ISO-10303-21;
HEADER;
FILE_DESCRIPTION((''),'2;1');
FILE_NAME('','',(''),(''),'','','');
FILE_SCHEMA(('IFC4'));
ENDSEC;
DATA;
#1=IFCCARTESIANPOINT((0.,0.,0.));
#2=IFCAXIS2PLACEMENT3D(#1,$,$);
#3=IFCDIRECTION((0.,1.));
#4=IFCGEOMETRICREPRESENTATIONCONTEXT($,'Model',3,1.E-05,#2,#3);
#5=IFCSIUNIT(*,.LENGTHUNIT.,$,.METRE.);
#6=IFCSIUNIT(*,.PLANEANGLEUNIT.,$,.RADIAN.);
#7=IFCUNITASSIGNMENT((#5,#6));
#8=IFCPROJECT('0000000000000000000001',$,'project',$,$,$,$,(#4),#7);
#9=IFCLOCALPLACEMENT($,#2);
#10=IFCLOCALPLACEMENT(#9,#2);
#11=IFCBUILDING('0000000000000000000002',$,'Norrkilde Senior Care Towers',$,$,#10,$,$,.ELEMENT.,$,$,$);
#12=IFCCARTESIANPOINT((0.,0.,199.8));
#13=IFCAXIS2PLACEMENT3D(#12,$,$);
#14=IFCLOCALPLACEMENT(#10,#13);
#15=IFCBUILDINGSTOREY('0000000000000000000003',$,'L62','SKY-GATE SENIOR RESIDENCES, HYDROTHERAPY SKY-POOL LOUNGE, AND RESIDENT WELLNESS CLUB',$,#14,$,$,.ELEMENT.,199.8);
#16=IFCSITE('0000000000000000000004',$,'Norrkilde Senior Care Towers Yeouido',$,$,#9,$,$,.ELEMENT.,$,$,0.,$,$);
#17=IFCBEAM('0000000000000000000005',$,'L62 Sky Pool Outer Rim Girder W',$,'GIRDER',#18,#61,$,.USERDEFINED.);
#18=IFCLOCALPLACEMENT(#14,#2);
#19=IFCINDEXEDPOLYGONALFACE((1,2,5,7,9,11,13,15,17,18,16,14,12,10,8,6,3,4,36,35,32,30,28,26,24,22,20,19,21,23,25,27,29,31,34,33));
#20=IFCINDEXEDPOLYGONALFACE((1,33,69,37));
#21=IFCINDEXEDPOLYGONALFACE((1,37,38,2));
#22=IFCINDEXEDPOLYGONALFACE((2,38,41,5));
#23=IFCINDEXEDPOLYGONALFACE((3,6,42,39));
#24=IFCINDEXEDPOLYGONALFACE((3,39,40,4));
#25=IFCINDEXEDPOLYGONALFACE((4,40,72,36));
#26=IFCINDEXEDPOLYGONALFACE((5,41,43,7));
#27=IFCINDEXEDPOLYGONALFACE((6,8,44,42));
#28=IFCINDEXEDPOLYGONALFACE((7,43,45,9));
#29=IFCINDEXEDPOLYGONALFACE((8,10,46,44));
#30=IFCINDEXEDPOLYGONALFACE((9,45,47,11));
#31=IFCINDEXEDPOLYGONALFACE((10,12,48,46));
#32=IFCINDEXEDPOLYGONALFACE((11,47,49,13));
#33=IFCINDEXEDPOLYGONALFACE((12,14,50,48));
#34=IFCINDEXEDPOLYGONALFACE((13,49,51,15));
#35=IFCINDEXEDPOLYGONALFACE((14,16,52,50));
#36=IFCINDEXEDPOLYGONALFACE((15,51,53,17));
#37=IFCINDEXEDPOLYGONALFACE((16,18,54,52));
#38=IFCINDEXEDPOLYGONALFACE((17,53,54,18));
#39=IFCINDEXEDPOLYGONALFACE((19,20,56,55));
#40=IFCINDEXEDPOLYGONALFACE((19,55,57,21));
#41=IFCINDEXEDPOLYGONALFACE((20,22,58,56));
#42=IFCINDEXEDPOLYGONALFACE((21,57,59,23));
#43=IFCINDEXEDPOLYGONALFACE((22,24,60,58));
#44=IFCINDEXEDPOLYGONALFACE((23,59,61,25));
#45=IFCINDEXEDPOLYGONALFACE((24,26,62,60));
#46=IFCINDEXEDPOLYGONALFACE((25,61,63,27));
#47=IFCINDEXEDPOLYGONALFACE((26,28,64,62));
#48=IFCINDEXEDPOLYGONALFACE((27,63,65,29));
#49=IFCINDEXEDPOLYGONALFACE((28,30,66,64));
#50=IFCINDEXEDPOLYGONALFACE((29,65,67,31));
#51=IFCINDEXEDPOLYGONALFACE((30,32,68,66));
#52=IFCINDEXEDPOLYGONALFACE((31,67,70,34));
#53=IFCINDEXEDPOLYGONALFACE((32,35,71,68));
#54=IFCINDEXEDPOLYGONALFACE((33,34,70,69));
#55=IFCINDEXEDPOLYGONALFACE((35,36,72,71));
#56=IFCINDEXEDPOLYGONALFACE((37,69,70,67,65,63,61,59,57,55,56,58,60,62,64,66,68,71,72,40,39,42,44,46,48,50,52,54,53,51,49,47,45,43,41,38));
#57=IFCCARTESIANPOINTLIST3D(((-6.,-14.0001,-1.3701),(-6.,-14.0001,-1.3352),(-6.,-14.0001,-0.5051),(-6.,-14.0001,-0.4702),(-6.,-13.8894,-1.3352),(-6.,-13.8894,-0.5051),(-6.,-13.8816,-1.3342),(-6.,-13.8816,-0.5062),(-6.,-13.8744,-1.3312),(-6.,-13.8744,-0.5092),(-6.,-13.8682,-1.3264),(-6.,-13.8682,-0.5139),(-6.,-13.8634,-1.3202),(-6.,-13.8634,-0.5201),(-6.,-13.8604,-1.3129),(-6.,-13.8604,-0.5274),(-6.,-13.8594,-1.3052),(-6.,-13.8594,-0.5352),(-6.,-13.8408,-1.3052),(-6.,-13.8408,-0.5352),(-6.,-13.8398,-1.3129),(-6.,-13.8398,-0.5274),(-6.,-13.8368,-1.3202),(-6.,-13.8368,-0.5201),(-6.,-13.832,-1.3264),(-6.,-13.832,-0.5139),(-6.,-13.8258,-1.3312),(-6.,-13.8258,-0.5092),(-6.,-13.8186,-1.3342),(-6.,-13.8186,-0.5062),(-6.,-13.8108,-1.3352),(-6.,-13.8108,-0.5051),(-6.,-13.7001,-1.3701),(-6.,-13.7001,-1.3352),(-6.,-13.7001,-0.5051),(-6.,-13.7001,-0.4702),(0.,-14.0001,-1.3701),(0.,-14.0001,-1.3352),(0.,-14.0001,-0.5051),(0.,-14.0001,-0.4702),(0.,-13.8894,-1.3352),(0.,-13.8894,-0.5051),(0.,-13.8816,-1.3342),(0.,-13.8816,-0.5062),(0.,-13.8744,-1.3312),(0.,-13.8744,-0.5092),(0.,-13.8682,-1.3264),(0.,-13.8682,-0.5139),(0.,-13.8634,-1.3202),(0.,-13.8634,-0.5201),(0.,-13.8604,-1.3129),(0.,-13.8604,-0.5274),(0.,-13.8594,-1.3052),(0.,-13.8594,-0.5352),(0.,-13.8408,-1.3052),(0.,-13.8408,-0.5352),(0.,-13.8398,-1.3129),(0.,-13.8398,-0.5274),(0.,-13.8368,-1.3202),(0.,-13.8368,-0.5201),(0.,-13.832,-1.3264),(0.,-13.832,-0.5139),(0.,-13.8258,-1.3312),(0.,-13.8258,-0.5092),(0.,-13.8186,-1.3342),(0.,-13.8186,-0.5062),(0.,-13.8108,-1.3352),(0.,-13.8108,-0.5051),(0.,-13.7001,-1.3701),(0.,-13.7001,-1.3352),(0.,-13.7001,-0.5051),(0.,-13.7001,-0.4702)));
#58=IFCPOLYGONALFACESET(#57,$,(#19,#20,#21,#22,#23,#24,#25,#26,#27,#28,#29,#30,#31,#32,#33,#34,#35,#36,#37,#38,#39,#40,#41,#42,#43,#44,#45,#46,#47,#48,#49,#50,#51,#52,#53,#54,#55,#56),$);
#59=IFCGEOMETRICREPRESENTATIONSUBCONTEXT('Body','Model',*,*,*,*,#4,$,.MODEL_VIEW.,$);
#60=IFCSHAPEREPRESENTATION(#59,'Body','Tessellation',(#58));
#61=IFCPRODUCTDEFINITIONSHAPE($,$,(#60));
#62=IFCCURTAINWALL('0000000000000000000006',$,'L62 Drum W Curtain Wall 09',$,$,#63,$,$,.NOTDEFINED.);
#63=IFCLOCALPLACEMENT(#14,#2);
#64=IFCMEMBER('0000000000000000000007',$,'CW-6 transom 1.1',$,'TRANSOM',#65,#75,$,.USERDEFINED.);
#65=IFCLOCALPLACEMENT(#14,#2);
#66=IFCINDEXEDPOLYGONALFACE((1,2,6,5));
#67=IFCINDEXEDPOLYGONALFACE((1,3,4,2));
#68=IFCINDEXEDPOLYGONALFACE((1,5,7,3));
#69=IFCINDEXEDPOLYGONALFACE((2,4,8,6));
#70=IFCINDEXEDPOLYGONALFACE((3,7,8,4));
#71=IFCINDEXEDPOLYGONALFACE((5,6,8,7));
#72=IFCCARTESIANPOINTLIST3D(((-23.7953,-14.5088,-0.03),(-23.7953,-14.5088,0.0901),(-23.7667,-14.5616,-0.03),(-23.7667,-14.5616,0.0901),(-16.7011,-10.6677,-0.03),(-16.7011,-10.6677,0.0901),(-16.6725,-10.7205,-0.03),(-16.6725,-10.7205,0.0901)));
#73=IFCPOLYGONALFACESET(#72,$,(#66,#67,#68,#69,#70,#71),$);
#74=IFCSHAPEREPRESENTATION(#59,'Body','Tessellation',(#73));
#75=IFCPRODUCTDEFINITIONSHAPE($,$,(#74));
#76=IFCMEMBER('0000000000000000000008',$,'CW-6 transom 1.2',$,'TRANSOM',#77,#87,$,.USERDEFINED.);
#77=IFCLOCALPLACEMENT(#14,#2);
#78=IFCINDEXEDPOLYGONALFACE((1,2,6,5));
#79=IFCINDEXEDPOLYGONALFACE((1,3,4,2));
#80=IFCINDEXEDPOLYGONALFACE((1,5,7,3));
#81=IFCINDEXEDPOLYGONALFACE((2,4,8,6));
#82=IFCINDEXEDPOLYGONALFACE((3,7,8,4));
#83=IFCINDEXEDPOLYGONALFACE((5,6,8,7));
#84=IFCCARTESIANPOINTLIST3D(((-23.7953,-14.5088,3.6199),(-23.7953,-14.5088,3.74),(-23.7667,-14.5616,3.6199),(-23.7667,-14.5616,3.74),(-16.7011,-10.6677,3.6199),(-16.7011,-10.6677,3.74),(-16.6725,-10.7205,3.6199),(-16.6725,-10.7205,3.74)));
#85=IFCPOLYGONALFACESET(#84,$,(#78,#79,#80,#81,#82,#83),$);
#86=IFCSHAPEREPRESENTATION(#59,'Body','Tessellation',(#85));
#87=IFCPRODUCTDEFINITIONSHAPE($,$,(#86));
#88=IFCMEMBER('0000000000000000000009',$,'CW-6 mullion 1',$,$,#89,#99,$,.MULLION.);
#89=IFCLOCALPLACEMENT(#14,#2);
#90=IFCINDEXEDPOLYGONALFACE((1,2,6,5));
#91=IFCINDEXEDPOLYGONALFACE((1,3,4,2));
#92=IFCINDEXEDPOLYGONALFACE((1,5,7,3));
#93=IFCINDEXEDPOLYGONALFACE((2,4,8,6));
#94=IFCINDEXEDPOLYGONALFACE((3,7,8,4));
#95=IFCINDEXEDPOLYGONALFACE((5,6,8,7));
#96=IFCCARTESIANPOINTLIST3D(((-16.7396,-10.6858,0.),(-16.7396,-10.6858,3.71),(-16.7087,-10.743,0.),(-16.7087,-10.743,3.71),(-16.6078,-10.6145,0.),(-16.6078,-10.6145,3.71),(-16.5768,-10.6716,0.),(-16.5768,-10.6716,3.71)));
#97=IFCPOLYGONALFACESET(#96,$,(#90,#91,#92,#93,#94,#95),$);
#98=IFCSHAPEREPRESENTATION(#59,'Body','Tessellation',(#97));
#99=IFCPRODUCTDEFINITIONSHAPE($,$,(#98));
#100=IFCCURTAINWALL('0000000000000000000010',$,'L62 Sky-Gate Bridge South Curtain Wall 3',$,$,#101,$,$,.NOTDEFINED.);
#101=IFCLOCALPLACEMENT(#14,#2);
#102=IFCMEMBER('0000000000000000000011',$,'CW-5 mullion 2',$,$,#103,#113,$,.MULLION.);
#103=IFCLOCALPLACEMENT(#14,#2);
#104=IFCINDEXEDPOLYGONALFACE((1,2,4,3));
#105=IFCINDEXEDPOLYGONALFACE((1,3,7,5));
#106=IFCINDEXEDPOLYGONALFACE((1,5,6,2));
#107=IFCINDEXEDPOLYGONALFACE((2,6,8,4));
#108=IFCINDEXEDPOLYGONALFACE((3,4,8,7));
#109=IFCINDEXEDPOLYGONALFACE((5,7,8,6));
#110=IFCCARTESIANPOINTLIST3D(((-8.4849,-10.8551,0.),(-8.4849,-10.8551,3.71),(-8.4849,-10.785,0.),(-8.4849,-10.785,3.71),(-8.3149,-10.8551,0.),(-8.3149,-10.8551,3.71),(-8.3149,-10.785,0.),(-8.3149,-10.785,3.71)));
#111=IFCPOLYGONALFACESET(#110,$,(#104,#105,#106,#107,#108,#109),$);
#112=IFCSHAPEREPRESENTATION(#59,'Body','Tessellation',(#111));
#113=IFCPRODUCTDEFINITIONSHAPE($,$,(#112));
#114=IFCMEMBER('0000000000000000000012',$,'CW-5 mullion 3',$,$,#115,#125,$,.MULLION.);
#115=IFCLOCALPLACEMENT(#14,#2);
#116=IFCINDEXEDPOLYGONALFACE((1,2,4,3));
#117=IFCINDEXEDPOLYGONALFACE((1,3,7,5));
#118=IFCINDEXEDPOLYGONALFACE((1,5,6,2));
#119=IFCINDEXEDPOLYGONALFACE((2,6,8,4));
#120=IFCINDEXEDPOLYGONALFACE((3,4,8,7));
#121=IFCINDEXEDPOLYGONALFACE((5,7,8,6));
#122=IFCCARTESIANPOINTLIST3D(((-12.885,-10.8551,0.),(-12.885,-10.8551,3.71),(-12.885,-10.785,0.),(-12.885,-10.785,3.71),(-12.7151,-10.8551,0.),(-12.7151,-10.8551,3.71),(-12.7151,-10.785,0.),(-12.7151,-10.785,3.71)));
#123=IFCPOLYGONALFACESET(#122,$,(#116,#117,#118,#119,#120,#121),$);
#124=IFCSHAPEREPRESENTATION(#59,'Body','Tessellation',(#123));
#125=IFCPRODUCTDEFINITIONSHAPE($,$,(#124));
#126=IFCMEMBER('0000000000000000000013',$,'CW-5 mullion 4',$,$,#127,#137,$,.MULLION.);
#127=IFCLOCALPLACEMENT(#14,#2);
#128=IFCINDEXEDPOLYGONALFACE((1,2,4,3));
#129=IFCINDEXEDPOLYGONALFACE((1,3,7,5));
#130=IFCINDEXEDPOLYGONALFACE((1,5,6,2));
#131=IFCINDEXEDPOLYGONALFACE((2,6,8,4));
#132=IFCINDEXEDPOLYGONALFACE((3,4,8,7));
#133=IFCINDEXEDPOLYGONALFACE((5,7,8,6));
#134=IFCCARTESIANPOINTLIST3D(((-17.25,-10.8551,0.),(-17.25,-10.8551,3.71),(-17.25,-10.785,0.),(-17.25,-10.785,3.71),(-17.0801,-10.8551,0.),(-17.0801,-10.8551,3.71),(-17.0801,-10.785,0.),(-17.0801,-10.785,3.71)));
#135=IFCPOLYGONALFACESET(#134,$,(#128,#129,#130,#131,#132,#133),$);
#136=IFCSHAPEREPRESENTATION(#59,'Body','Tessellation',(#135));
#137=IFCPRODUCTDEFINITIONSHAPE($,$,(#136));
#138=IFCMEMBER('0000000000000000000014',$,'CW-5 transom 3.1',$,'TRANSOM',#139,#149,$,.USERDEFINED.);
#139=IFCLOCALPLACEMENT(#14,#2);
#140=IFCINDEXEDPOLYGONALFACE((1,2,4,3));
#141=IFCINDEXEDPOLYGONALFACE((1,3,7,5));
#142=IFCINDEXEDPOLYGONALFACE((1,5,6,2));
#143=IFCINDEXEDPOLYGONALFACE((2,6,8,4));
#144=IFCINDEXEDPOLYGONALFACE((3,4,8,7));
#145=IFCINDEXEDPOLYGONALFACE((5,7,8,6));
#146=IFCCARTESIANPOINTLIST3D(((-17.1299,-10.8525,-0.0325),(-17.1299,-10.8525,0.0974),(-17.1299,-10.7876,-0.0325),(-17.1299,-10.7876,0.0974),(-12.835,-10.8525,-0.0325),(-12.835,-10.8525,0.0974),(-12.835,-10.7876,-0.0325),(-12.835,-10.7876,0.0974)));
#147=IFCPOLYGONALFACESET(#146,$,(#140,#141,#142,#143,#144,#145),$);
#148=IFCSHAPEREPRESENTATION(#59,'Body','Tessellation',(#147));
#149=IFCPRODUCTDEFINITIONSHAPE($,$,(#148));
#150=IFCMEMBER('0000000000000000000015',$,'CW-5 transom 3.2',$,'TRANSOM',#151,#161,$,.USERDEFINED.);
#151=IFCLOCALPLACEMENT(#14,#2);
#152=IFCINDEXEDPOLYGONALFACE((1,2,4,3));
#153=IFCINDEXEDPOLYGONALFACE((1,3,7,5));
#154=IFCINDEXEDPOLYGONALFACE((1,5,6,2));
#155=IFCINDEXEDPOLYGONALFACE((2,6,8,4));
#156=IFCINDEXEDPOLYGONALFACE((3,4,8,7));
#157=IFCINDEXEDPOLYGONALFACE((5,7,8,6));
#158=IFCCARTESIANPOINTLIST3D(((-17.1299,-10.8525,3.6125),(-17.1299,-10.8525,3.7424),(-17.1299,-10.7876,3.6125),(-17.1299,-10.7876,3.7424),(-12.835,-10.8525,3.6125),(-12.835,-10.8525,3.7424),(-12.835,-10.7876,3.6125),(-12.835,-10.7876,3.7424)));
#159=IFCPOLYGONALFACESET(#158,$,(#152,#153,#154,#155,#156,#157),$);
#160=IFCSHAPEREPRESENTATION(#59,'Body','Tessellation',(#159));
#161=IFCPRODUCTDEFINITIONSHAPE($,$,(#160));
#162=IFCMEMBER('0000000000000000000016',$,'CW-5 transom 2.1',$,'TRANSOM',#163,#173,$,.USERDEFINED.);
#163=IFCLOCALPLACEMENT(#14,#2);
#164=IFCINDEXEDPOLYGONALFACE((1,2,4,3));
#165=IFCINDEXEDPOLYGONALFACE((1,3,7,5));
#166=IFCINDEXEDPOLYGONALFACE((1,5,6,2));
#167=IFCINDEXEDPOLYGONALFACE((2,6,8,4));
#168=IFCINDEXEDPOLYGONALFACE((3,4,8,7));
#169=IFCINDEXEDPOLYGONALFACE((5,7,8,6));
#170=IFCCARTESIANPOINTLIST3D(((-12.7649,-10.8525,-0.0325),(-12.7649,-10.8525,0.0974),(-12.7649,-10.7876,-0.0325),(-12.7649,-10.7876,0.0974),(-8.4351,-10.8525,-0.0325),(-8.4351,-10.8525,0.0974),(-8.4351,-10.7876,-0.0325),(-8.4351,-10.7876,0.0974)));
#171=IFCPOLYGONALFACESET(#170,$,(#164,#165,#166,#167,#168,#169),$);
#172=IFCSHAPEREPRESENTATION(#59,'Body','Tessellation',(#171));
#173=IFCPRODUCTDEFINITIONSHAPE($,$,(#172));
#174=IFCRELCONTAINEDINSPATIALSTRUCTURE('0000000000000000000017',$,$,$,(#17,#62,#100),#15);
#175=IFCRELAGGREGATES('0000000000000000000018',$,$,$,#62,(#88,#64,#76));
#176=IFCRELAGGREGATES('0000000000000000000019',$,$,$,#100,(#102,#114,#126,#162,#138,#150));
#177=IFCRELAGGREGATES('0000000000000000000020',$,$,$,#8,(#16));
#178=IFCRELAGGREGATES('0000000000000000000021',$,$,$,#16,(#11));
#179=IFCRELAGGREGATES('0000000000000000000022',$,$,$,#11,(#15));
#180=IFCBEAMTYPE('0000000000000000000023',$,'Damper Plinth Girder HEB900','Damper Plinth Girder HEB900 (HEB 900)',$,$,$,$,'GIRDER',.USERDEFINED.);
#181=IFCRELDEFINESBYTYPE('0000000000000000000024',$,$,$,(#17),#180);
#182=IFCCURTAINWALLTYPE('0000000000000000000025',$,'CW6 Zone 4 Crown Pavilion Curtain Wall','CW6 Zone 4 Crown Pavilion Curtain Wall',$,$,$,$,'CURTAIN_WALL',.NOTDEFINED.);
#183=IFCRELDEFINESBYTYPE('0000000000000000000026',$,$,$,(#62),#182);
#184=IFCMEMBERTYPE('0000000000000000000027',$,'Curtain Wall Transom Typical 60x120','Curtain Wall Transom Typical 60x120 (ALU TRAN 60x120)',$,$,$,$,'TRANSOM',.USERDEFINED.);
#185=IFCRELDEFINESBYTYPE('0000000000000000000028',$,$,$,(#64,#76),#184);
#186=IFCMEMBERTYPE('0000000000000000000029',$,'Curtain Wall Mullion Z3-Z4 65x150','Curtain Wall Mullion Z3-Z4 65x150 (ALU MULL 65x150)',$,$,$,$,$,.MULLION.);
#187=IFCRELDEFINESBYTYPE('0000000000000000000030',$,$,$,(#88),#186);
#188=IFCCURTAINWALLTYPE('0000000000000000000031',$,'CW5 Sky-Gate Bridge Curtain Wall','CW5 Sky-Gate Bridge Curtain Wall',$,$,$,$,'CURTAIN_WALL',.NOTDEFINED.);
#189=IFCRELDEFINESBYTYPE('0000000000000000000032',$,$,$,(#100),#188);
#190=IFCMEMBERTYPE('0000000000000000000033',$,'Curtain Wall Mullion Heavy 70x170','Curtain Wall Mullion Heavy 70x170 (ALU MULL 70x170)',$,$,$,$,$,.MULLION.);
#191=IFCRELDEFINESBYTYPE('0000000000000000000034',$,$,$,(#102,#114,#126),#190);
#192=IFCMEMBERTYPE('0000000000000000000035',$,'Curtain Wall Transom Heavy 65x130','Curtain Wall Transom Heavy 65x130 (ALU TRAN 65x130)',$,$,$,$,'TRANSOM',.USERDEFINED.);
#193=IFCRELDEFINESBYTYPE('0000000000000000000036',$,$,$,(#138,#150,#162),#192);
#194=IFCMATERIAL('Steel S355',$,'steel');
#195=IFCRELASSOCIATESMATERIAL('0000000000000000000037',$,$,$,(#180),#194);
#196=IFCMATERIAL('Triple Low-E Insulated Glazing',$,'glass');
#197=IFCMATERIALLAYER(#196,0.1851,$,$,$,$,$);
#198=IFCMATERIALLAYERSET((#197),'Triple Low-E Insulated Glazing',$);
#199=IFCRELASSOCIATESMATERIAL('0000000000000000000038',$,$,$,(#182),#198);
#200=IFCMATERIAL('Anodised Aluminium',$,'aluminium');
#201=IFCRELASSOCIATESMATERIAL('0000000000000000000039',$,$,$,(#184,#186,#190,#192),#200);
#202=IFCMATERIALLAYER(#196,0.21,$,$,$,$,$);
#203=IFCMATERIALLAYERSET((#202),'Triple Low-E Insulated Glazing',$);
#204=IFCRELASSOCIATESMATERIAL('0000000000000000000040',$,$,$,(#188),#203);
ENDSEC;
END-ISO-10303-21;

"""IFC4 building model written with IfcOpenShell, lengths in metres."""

from ifc_helpers import new_model, si_unit, direction, frame, origin, origin_2d, place, context, subcontext, project, spatial, rectangle, i_section, extrude, source, transform, mapped, material, layer, layer_set, material_profile, profile_set, type_object, type_shapes, element, aggregate, save


model = new_model("IFC4")

# Units and contexts
model_context = context("Model", 3, precision=1e-05, world=origin(), true_north=direction((0.0, 1.0)))
body_context = subcontext(model_context, "Body", "Model", "MODEL_VIEW")
ifc_project = project(units=[si_unit("LENGTHUNIT", "METRE"), si_unit("PLANEANGLEUNIT", "RADIAN")], contexts=[model_context])

# Site, building, storey
site_placement = place(None, origin())
site = spatial("IfcSite", under=ifc_project, at=site_placement, Name="Norrkilde Senior Care Towers Yeouido", CompositionType="ELEMENT", RefElevation=0.0)
building_placement = place(site_placement, origin())
building = spatial("IfcBuilding", under=site, at=building_placement, Name="Norrkilde Senior Care Towers", CompositionType="ELEMENT")
storey_placement = place(building_placement, frame((0.0, 0.0, 199.8)))
storey = spatial("IfcBuildingStorey", under=building, at=storey_placement, Name="L62", Description="SKY-GATE SENIOR RESIDENCES, HYDROTHERAPY SKY-POOL LOUNGE, AND RESIDENT WELLNESS CLUB", CompositionType="ELEMENT", Elevation=199.8)

# Beam
ifc_material_1 = material(Name="Steel S355", Category="steel")
ifc_material_profile_1 = material_profile(ifc_material_1, i_section(OverallWidth=0.3, OverallDepth=0.8999, WebThickness=0.0186, FlangeThickness=0.0349, FilletRadius=0.03, at=origin_2d()), Name="HEB 900")
ifc_profile_set_1 = profile_set([ifc_material_profile_1], Name="Steel S355")
beam_type = type_object("IfcBeamType", Name="Damper Plinth Girder HEB900", Description="Damper Plinth Girder HEB900 (HEB 900)", ElementType="GIRDER", PredefinedType="USERDEFINED", material=ifc_profile_set_1)
shared_shape_1 = source(origin(), body_context, "Body", "SweptSolid", [
    extrude(i_section(OverallWidth=0.3, OverallDepth=0.8999, WebThickness=0.0186, FlangeThickness=0.0349, FilletRadius=0.03, at=origin_2d()), origin(), (0.0, 0.0, 1.0), 6.0),
])
type_shapes(beam_type, [shared_shape_1])
beam_placement = place(storey_placement, frame((-6.0, -13.8501, -0.9202), z_axis=(1.0, 0.0, 0.0), x_axis=(0.0, 1.0, 0.0)))
element("IfcBeam", 1, at=beam_placement, inside=storey, type_object=beam_type, Name="L62 Sky Pool Outer Rim Girder W", ObjectType="GIRDER", PredefinedType="USERDEFINED", context=body_context, shape_type="MappedRepresentation", body=[
    mapped(shared_shape_1, transform((0.0, 0.0, 0.0), x_axis=(1.0, 0.0, 0.0), y_axis=(0.0, 1.0, 0.0), z_axis=(0.0, 0.0, 1.0), scale=1.0)),
])

# Curtain walls, members
ifc_material_2 = material(Name="Triple Low-E Insulated Glazing", Category="glass")
ifc_layer_1 = layer(ifc_material_2, 0.1851)
ifc_layer_set_1 = layer_set([ifc_layer_1], Name="Triple Low-E Insulated Glazing")
curtain_wall_type_1 = type_object("IfcCurtainWallType", Name="CW6 Zone 4 Crown Pavilion Curtain Wall", Description="CW6 Zone 4 Crown Pavilion Curtain Wall", ElementType="CURTAIN_WALL", PredefinedType="NOTDEFINED", material=ifc_layer_set_1)
curtain_wall_1_placement = place(storey_placement, origin())
curtain_wall_1 = element("IfcCurtainWall", 2, at=curtain_wall_1_placement, inside=storey, type_object=curtain_wall_type_1, Name="L62 Drum W Curtain Wall 09", PredefinedType="NOTDEFINED")
ifc_material_3 = material(Name="Anodised Aluminium", Category="aluminium")
ifc_material_profile_2 = material_profile(ifc_material_3, rectangle(XDim=0.0601, YDim=0.1201, at=origin_2d()), Name="ALU TRAN 60x120")
ifc_profile_set_2 = profile_set([ifc_material_profile_2], Name="Anodised Aluminium")
member_type_1 = type_object("IfcMemberType", Name="Curtain Wall Transom Typical 60x120", Description="Curtain Wall Transom Typical 60x120 (ALU TRAN 60x120)", ElementType="TRANSOM", PredefinedType="USERDEFINED", material=ifc_profile_set_2)
shared_shape_2 = source(origin(), body_context, "Body", "SweptSolid", [
    extrude(rectangle(XDim=0.0601, YDim=0.1201, at=origin_2d()), origin(), (0.0, 0.0, 1.0), 8.0674),
])
type_shapes(member_type_1, [shared_shape_2])
member_1_placement = place(storey_placement, frame((-16.6868, -10.6941, 0.03), z_axis=(-0.879378, -0.476125, 0.0), x_axis=(0.476125, -0.879378, 0.0)))
member_1 = element("IfcMember", 3, at=member_1_placement, type_object=member_type_1, Name="CW-6 transom 1.1", ObjectType="TRANSOM", PredefinedType="USERDEFINED", context=body_context, shape_type="MappedRepresentation", body=[
    mapped(shared_shape_2, transform((0.0, 0.0, 0.0), x_axis=(1.0, 0.0, 0.0), y_axis=(0.0, 1.0, 0.0), z_axis=(0.0, 0.0, 1.0), scale=1.0)),
])
member_2_placement = place(storey_placement, frame((-16.6868, -10.6941, 3.6799), z_axis=(-0.879378, -0.476125, 0.0), x_axis=(0.476125, -0.879378, 0.0)))
member_2 = element("IfcMember", 4, at=member_2_placement, type_object=member_type_1, Name="CW-6 transom 1.2", ObjectType="TRANSOM", PredefinedType="USERDEFINED", context=body_context, shape_type="MappedRepresentation", body=[
    mapped(shared_shape_2, transform((0.0, 0.0, 0.0), x_axis=(1.0, 0.0, 0.0), y_axis=(0.0, 1.0, 0.0), z_axis=(0.0, 0.0, 1.0), scale=1.0)),
])
ifc_material_profile_3 = material_profile(ifc_material_3, rectangle(XDim=0.0649, YDim=0.1499, at=origin_2d()), Name="ALU MULL 65x150")
ifc_profile_set_3 = profile_set([ifc_material_profile_3], Name="Anodised Aluminium")
member_type_2 = type_object("IfcMemberType", Name="Curtain Wall Mullion Z3-Z4 65x150", Description="Curtain Wall Mullion Z3-Z4 65x150 (ALU MULL 65x150)", PredefinedType="MULLION", material=ifc_profile_set_3)
shared_shape_3 = source(origin(), body_context, "Body", "SweptSolid", [
    extrude(rectangle(XDim=0.0649, YDim=0.1499, at=origin_2d()), origin(), (0.0, 0.0, 1.0), 3.71),
])
type_shapes(member_type_2, [shared_shape_3])
member_3_placement = place(storey_placement, frame((-16.6582, -10.6787, 0.0), z_axis=(0.0, 0.0, 1.0), x_axis=(0.476133, -0.879373, 0.0)))
member_3 = element("IfcMember", 5, at=member_3_placement, type_object=member_type_2, Name="CW-6 mullion 1", PredefinedType="MULLION", context=body_context, shape_type="MappedRepresentation", body=[
    mapped(shared_shape_3, transform((0.0, 0.0, 0.0), x_axis=(1.0, 0.0, 0.0), y_axis=(0.0, 1.0, 0.0), z_axis=(0.0, 0.0, 1.0), scale=1.0)),
])
aggregate(curtain_wall_1, [member_3, member_1, member_2])
ifc_layer_2 = layer(ifc_material_2, 0.21)
ifc_layer_set_2 = layer_set([ifc_layer_2], Name="Triple Low-E Insulated Glazing")
curtain_wall_type_2 = type_object("IfcCurtainWallType", Name="CW5 Sky-Gate Bridge Curtain Wall", Description="CW5 Sky-Gate Bridge Curtain Wall", ElementType="CURTAIN_WALL", PredefinedType="NOTDEFINED", material=ifc_layer_set_2)
curtain_wall_2_placement = place(storey_placement, origin())
curtain_wall_2 = element("IfcCurtainWall", 6, at=curtain_wall_2_placement, inside=storey, type_object=curtain_wall_type_2, Name="L62 Sky-Gate Bridge South Curtain Wall 3", PredefinedType="NOTDEFINED")
ifc_material_profile_4 = material_profile(ifc_material_3, rectangle(XDim=0.0701, YDim=0.1699, at=origin_2d()), Name="ALU MULL 70x170")
ifc_profile_set_4 = profile_set([ifc_material_profile_4], Name="Anodised Aluminium")
member_type_3 = type_object("IfcMemberType", Name="Curtain Wall Mullion Heavy 70x170", Description="Curtain Wall Mullion Heavy 70x170 (ALU MULL 70x170)", PredefinedType="MULLION", material=ifc_profile_set_4)
shared_shape_4 = source(origin(), body_context, "Body", "SweptSolid", [
    extrude(rectangle(XDim=0.0701, YDim=0.1699, at=origin_2d()), origin(), (0.0, 0.0, 1.0), 3.71),
])
type_shapes(member_type_3, [shared_shape_4])
member_4_placement = place(storey_placement, frame((-8.3999, -10.8201, 0.0), z_axis=(0.0, 0.0, 1.0), x_axis=(0.0, -1.0, 0.0)))
member_4 = element("IfcMember", 7, at=member_4_placement, type_object=member_type_3, Name="CW-5 mullion 2", PredefinedType="MULLION", context=body_context, shape_type="MappedRepresentation", body=[
    mapped(shared_shape_4, transform((0.0, 0.0, 0.0), x_axis=(1.0, 0.0, 0.0), y_axis=(0.0, 1.0, 0.0), z_axis=(0.0, 0.0, 1.0), scale=1.0)),
])
member_5_placement = place(storey_placement, frame((-12.8, -10.8201, 0.0), z_axis=(0.0, 0.0, 1.0), x_axis=(0.0, -1.0, 0.0)))
member_5 = element("IfcMember", 8, at=member_5_placement, type_object=member_type_3, Name="CW-5 mullion 3", PredefinedType="MULLION", context=body_context, shape_type="MappedRepresentation", body=[
    mapped(shared_shape_4, transform((0.0, 0.0, 0.0), x_axis=(1.0, 0.0, 0.0), y_axis=(0.0, 1.0, 0.0), z_axis=(0.0, 0.0, 1.0), scale=1.0)),
])
member_6_placement = place(storey_placement, frame((-17.165, -10.8201, 0.0), z_axis=(0.0, 0.0, 1.0), x_axis=(0.0, -1.0, 0.0)))
member_6 = element("IfcMember", 9, at=member_6_placement, type_object=member_type_3, Name="CW-5 mullion 4", PredefinedType="MULLION", context=body_context, shape_type="MappedRepresentation", body=[
    mapped(shared_shape_4, transform((0.0, 0.0, 0.0), x_axis=(1.0, 0.0, 0.0), y_axis=(0.0, 1.0, 0.0), z_axis=(0.0, 0.0, 1.0), scale=1.0)),
])
ifc_material_profile_5 = material_profile(ifc_material_3, rectangle(XDim=0.0649, YDim=0.1299, at=origin_2d()), Name="ALU TRAN 65x130")
ifc_profile_set_5 = profile_set([ifc_material_profile_5], Name="Anodised Aluminium")
member_type_4 = type_object("IfcMemberType", Name="Curtain Wall Transom Heavy 65x130", Description="Curtain Wall Transom Heavy 65x130 (ALU TRAN 65x130)", ElementType="TRANSOM", PredefinedType="USERDEFINED", material=ifc_profile_set_5)
shared_shape_5 = source(origin(), body_context, "Body", "SweptSolid", [
    extrude(rectangle(XDim=0.0649, YDim=0.1299, at=origin_2d()), origin(), (0.0, 0.0, 1.0), 4.2949),
])
member_7_placement = place(storey_placement, frame((-12.835, -10.8201, 0.0325), z_axis=(-1.0, 0.0, 0.0), x_axis=(0.0, -1.0, 0.0)))
member_7 = element("IfcMember", 10, at=member_7_placement, type_object=member_type_4, Name="CW-5 transom 3.1", ObjectType="TRANSOM", PredefinedType="USERDEFINED", context=body_context, shape_type="MappedRepresentation", body=[
    mapped(shared_shape_5, transform((0.0, 0.0, 0.0), x_axis=(1.0, 0.0, 0.0), y_axis=(0.0, 1.0, 0.0), z_axis=(0.0, 0.0, 1.0), scale=1.0)),
])
member_8_placement = place(storey_placement, frame((-12.835, -10.8201, 3.6775), z_axis=(-1.0, 0.0, 0.0), x_axis=(0.0, -1.0, 0.0)))
member_8 = element("IfcMember", 11, at=member_8_placement, type_object=member_type_4, Name="CW-5 transom 3.2", ObjectType="TRANSOM", PredefinedType="USERDEFINED", context=body_context, shape_type="MappedRepresentation", body=[
    mapped(shared_shape_5, transform((0.0, 0.0, 0.0), x_axis=(1.0, 0.0, 0.0), y_axis=(0.0, 1.0, 0.0), z_axis=(0.0, 0.0, 1.0), scale=1.0)),
])
shared_shape_6 = source(origin(), body_context, "Body", "SweptSolid", [
    extrude(rectangle(XDim=0.0649, YDim=0.1299, at=origin_2d()), origin(), (0.0, 0.0, 1.0), 4.3298),
])
type_shapes(member_type_4, [shared_shape_5, shared_shape_6])
member_9_placement = place(storey_placement, frame((-8.4351, -10.8201, 0.0325), z_axis=(-1.0, 0.0, 0.0), x_axis=(0.0, -1.0, 0.0)))
member_9 = element("IfcMember", 12, at=member_9_placement, type_object=member_type_4, Name="CW-5 transom 2.1", ObjectType="TRANSOM", PredefinedType="USERDEFINED", context=body_context, shape_type="MappedRepresentation", body=[
    mapped(shared_shape_6, transform((0.0, 0.0, 0.0), x_axis=(1.0, 0.0, 0.0), y_axis=(0.0, 1.0, 0.0), z_axis=(0.0, 0.0, 1.0), scale=1.0)),
])

aggregate(curtain_wall_2, [member_4, member_5, member_6, member_9, member_7, member_8])

save(model, "model.ifc")
